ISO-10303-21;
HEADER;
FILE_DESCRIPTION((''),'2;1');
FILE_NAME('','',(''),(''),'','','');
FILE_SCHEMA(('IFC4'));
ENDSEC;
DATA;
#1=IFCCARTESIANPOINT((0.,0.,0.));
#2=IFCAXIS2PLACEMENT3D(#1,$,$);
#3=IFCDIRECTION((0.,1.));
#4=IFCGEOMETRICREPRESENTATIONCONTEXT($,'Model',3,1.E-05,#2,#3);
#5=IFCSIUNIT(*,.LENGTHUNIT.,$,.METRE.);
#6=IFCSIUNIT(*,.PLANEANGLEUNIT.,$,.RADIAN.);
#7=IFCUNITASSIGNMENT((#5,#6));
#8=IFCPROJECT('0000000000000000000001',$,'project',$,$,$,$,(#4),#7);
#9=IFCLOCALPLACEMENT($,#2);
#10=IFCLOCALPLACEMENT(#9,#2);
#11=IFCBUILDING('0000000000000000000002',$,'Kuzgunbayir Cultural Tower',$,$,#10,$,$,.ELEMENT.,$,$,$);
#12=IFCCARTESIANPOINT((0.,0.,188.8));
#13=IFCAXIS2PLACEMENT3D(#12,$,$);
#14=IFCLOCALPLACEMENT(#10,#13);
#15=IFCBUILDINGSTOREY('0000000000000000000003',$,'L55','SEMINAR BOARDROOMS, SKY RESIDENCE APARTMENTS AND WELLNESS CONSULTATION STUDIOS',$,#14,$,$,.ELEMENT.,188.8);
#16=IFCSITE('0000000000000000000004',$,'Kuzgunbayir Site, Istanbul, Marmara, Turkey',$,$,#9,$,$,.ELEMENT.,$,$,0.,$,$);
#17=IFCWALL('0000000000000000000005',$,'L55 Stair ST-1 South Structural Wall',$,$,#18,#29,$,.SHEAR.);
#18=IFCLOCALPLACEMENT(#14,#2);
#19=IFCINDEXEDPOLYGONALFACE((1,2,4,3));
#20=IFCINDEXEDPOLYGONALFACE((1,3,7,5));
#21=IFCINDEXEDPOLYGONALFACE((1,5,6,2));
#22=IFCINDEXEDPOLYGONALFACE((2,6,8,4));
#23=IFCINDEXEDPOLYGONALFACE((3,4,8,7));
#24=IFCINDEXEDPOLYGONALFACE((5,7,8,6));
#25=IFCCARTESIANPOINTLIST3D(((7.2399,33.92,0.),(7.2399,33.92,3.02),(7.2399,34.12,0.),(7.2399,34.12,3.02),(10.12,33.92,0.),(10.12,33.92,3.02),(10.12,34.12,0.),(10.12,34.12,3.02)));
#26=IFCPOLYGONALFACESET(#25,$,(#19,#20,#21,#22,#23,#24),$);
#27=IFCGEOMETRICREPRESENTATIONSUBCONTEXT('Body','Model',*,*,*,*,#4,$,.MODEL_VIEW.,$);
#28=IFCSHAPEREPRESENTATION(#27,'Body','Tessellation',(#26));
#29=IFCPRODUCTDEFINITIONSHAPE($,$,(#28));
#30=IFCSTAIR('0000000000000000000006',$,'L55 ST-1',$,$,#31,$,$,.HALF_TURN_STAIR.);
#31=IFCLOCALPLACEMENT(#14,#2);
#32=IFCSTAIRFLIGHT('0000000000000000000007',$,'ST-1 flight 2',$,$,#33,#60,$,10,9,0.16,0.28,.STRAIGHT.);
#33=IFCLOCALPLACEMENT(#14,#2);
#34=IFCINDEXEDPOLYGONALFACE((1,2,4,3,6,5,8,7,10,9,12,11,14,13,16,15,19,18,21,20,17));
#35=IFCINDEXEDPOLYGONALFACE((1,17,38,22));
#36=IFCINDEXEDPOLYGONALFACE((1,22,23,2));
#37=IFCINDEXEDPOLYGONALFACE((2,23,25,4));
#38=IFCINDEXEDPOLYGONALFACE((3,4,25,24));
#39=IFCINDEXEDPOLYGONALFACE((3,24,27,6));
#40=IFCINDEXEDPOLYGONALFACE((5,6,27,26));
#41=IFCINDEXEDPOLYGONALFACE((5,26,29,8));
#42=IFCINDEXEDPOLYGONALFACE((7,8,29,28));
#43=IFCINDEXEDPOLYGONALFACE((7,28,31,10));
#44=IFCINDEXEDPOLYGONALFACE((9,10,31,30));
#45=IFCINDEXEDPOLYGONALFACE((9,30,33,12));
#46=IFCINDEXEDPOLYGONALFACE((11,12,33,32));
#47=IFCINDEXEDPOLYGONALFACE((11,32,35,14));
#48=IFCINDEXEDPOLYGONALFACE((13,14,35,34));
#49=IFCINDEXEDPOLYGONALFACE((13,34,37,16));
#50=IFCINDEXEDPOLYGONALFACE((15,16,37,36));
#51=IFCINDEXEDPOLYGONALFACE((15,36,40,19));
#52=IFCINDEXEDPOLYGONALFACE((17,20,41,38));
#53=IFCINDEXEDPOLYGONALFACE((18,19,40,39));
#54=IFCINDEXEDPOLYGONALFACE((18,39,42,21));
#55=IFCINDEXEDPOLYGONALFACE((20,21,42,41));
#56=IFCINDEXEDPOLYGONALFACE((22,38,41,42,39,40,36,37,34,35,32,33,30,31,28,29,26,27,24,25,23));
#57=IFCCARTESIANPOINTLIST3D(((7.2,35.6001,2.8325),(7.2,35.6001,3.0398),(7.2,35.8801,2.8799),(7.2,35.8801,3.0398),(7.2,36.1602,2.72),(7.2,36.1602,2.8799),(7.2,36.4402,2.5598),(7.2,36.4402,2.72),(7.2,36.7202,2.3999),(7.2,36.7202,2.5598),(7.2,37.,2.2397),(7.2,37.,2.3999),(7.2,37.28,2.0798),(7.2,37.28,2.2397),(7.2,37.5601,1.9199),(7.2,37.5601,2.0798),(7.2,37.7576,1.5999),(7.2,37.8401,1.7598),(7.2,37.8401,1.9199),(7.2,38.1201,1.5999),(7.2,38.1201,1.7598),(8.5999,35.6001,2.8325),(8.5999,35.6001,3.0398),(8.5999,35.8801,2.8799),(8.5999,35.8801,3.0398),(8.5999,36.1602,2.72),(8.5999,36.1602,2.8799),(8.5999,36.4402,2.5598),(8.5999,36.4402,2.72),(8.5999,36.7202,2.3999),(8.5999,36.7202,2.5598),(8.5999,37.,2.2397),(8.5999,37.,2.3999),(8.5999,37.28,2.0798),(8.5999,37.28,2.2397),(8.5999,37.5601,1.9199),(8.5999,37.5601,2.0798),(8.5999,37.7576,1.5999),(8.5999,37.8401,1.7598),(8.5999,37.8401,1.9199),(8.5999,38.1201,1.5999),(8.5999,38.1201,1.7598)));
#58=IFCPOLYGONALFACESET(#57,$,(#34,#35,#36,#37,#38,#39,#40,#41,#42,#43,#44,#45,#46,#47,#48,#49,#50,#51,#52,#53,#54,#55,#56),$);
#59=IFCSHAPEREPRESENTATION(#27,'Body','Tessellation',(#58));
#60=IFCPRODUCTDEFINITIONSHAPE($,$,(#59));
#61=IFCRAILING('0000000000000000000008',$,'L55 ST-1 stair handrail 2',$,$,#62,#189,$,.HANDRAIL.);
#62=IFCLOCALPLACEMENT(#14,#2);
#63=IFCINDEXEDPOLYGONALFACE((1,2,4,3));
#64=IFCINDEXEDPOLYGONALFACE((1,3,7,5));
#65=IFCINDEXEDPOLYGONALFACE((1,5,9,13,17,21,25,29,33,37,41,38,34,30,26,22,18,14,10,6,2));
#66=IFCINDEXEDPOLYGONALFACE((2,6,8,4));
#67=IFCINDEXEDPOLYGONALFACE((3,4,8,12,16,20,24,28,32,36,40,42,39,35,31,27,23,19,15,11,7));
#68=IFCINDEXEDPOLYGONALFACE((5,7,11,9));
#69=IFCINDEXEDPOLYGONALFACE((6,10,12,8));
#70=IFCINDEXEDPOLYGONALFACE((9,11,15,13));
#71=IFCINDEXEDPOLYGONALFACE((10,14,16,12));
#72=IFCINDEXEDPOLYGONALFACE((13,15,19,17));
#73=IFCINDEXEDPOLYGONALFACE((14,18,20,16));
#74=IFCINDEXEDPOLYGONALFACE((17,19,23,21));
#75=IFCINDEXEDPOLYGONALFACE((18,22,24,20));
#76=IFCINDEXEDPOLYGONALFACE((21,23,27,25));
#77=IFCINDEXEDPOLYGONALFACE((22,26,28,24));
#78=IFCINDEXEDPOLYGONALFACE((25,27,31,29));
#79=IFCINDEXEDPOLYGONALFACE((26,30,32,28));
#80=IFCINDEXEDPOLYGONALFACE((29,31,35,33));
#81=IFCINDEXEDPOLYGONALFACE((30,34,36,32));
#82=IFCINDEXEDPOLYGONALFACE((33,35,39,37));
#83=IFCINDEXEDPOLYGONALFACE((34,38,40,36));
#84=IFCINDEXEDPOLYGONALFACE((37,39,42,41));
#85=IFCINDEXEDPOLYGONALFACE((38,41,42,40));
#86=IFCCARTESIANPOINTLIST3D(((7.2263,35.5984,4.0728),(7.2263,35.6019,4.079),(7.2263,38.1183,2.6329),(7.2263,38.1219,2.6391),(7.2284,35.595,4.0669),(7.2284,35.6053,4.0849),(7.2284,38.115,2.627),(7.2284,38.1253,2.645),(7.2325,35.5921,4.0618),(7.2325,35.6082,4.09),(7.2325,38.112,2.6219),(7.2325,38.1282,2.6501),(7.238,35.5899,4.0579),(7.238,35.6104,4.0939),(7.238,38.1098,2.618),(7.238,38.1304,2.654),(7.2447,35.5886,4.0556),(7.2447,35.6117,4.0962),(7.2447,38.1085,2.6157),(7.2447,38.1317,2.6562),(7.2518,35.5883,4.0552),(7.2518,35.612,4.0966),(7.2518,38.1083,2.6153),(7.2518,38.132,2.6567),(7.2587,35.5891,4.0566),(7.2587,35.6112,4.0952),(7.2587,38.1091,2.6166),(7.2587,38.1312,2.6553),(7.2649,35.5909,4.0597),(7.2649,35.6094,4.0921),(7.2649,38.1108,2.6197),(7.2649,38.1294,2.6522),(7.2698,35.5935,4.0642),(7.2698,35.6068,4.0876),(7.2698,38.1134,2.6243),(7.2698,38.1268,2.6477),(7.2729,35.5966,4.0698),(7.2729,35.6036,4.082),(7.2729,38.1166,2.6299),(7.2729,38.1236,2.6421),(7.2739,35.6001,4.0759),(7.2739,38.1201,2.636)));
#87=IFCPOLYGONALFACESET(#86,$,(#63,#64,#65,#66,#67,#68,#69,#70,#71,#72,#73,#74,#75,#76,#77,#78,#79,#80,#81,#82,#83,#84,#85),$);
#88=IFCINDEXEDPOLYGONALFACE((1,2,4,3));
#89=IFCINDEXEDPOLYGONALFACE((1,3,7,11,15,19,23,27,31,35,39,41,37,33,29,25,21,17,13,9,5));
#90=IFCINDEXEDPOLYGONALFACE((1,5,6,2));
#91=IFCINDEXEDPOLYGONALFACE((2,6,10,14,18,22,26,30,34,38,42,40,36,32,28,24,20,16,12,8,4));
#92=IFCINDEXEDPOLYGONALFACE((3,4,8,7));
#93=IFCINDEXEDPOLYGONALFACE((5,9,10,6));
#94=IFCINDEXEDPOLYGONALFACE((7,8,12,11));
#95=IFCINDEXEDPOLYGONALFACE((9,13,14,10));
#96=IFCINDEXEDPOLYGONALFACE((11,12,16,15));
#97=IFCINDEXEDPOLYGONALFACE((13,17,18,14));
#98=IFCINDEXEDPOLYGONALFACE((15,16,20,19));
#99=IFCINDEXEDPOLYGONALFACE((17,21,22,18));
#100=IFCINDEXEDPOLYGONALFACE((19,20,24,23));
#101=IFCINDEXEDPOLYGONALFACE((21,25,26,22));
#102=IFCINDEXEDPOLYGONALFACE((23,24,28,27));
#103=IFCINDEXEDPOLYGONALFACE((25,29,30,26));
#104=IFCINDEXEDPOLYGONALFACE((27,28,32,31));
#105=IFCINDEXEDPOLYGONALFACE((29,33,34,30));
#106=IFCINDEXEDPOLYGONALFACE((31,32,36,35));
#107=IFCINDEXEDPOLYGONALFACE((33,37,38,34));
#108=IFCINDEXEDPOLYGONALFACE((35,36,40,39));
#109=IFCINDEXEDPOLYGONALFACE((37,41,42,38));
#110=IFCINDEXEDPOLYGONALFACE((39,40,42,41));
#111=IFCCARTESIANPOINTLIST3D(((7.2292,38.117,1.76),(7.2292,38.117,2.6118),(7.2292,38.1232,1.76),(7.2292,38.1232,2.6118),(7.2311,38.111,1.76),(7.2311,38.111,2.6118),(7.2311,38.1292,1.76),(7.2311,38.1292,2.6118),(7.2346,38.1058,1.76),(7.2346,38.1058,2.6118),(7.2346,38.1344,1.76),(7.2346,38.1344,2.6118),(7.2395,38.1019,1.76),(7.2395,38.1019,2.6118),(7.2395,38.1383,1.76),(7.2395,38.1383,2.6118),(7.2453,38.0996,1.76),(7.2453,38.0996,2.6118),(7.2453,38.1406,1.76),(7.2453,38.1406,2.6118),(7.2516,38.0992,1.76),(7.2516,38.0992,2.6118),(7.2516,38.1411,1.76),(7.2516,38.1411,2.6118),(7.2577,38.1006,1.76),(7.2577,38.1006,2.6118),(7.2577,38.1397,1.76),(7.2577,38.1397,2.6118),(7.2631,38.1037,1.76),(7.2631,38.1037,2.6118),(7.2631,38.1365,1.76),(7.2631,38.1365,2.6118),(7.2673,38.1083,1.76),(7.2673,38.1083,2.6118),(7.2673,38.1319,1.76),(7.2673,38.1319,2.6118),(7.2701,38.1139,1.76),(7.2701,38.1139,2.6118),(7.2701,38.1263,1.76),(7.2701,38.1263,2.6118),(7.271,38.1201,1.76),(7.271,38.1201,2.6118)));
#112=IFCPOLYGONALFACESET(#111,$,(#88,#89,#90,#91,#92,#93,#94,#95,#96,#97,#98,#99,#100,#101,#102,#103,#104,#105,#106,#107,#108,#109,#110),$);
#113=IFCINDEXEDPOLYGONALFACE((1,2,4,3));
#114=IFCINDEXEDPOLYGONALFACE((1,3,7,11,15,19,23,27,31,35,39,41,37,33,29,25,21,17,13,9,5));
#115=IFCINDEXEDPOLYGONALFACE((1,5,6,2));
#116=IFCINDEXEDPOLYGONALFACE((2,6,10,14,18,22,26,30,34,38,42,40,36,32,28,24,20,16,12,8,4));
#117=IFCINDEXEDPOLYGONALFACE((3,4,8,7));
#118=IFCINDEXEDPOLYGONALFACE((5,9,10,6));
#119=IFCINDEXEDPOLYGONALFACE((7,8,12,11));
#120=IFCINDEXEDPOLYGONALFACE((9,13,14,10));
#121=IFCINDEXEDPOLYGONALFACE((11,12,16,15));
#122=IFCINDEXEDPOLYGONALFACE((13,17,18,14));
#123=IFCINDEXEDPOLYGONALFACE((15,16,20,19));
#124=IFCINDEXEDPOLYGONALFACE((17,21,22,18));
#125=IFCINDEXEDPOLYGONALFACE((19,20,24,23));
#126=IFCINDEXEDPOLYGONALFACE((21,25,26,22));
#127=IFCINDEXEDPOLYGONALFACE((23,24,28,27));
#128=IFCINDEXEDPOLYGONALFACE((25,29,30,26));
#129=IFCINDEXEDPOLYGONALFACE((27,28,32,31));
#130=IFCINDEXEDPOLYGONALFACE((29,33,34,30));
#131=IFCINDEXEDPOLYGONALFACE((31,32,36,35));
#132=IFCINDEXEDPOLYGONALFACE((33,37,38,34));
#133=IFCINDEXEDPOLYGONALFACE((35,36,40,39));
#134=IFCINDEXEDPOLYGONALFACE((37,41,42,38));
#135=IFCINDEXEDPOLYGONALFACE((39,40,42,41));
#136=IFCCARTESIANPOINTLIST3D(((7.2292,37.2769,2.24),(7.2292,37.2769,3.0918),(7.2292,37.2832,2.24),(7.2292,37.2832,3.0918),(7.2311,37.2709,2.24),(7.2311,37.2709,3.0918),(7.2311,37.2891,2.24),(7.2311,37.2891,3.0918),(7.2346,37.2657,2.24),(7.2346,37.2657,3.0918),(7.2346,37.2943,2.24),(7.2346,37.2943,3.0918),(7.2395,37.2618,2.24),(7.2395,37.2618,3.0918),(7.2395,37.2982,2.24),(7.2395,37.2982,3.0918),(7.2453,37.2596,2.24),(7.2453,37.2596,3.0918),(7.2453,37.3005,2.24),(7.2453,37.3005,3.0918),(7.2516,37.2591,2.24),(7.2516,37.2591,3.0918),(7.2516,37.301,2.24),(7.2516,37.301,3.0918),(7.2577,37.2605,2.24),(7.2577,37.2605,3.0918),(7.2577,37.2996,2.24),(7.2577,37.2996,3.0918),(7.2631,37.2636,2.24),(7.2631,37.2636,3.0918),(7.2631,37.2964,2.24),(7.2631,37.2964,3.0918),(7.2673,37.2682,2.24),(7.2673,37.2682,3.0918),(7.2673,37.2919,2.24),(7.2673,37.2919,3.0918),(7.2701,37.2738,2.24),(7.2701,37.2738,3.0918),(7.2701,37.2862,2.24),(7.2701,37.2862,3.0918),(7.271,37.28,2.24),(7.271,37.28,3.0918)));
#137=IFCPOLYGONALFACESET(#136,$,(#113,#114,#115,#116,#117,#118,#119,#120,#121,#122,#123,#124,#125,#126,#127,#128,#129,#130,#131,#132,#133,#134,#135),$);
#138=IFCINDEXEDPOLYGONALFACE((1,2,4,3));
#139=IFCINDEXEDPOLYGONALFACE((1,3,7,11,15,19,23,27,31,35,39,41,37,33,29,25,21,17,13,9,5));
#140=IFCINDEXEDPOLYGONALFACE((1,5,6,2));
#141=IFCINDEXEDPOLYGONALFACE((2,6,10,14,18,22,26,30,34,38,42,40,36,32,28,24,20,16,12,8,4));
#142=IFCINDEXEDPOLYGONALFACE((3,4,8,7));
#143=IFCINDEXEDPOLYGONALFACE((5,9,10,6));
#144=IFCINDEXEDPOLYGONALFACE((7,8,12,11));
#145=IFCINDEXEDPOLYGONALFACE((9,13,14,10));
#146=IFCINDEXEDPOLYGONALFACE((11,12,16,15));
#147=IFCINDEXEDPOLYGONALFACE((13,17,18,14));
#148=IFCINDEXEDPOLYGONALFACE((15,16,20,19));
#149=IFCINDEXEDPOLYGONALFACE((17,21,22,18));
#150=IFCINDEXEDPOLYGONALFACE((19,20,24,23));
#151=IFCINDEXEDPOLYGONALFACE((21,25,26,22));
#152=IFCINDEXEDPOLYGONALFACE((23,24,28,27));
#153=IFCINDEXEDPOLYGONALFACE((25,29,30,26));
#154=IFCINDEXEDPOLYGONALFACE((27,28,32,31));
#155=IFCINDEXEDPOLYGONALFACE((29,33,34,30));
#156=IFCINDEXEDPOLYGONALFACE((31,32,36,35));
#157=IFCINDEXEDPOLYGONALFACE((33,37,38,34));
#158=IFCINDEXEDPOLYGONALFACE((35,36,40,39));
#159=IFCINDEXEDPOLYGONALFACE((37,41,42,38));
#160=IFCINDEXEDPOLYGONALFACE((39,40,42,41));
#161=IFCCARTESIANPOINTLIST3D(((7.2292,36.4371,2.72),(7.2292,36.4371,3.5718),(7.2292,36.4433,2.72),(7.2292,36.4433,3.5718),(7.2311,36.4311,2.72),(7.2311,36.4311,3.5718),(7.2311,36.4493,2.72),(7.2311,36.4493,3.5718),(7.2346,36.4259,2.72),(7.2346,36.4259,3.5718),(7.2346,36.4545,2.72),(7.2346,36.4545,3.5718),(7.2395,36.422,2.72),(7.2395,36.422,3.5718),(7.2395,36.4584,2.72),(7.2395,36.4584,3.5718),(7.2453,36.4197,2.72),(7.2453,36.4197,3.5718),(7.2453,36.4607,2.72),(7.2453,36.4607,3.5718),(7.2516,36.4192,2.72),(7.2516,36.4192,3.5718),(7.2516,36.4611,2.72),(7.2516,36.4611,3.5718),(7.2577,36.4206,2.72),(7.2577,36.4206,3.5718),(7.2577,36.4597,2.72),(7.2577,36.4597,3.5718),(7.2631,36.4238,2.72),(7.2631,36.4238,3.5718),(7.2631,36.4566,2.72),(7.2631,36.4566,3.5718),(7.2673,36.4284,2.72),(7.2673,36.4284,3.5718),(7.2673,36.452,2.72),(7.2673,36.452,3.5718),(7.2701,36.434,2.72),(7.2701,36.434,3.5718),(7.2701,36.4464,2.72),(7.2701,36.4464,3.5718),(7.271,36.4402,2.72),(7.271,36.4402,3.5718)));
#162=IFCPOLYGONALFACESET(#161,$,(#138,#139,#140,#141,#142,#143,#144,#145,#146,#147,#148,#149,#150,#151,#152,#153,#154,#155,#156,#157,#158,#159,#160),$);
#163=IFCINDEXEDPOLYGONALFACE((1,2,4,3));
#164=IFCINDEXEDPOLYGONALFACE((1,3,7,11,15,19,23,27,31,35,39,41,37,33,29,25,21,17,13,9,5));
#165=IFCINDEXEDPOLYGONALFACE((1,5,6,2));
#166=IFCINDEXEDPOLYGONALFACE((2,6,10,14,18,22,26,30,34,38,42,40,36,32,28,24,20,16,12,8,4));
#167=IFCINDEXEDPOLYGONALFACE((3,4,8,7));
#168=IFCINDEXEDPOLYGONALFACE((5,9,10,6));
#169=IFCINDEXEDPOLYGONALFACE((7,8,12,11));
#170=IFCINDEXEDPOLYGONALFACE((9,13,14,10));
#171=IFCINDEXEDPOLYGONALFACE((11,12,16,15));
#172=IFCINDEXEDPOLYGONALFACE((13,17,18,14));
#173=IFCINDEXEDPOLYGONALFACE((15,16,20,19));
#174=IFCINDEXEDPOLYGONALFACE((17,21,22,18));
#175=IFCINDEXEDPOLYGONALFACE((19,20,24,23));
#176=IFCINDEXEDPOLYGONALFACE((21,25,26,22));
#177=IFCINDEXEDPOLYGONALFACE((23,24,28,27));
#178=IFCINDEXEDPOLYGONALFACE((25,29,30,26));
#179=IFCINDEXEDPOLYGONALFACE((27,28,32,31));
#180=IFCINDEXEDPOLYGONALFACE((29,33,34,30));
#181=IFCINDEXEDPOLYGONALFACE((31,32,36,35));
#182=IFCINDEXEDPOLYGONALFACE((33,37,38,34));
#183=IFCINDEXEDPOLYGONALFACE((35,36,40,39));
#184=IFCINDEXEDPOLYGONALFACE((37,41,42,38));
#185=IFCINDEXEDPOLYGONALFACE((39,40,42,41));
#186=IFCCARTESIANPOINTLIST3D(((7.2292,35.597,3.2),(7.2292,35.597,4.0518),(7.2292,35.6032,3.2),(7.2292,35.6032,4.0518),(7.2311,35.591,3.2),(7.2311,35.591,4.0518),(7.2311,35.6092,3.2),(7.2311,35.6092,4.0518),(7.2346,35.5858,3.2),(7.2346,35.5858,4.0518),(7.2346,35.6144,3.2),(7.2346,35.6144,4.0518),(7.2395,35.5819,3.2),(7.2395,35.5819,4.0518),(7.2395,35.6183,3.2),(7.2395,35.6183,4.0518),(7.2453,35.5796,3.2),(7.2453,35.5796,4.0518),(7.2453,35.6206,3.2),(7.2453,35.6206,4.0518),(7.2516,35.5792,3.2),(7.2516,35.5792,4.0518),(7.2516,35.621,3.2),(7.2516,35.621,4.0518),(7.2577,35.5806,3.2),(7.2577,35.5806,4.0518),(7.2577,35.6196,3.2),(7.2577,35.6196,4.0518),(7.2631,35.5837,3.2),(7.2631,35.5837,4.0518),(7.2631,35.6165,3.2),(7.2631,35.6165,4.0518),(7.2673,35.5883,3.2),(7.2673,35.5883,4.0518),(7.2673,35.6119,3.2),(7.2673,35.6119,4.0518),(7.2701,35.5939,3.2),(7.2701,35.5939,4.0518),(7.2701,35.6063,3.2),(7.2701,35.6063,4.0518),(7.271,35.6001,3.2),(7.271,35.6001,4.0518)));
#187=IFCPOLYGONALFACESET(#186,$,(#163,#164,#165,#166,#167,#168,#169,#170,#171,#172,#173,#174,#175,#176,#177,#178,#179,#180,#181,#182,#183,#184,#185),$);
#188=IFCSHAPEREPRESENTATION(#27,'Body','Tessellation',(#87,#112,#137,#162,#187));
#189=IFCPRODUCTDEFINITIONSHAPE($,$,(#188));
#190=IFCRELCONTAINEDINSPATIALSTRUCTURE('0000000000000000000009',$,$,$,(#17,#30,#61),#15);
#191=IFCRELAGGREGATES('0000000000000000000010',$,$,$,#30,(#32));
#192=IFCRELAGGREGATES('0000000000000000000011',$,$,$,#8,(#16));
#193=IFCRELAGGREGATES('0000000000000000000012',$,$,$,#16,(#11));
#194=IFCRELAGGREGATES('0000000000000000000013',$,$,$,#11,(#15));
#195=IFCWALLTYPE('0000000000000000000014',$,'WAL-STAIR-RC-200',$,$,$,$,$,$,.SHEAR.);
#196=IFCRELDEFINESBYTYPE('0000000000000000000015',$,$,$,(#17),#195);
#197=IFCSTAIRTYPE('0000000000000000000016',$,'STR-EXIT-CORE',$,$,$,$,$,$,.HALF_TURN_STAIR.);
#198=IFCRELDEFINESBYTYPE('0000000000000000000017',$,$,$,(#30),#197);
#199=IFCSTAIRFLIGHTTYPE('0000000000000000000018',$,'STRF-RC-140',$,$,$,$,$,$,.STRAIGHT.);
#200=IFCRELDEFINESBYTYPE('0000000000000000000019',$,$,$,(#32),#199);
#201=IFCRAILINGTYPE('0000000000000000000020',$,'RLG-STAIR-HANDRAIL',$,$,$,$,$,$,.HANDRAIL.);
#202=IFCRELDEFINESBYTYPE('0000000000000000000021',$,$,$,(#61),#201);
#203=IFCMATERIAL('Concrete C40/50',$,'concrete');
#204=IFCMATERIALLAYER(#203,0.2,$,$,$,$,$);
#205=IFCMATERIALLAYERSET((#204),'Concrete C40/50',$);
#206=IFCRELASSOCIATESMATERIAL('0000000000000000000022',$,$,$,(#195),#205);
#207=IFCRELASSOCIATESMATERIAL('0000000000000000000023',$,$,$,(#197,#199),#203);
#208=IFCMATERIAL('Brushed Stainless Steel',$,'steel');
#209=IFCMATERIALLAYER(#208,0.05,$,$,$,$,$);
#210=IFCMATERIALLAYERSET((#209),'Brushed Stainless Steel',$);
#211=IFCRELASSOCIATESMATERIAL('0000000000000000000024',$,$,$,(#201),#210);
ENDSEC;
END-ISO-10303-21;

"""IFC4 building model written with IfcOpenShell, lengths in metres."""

from ifc_helpers import new_model, si_unit, direction, frame, frame_2d, origin, origin_2d, place, context, subcontext, project, spatial, polyline, rectangle, circle, outline, extrude, material, layer, layer_set, type_object, element, aggregate, save


model = new_model("IFC4")

# Units and contexts
model_context = context("Model", 3, precision=1e-05, world=origin(), true_north=direction((0.0, 1.0)))
body_context = subcontext(model_context, "Body", "Model", "MODEL_VIEW")
ifc_project = project(units=[si_unit("LENGTHUNIT", "METRE"), si_unit("PLANEANGLEUNIT", "RADIAN")], contexts=[model_context])

# Site, building, storey
site_placement = place(None, origin())
site = spatial("IfcSite", under=ifc_project, at=site_placement, Name="Kuzgunbayir Site, Istanbul, Marmara, Turkey", CompositionType="ELEMENT", RefElevation=0.0)
building_placement = place(site_placement, origin())
building = spatial("IfcBuilding", under=site, at=building_placement, Name="Kuzgunbayir Cultural Tower", CompositionType="ELEMENT")
storey_placement = place(building_placement, frame((0.0, 0.0, 188.8)))
storey = spatial("IfcBuildingStorey", under=building, at=storey_placement, Name="L55", Description="SEMINAR BOARDROOMS, SKY RESIDENCE APARTMENTS AND WELLNESS CONSULTATION STUDIOS", CompositionType="ELEMENT", Elevation=188.8)

# Shared definitions
ifc_material_1 = material(Name="Concrete C40/50", Category="concrete")
ifc_material_2 = material(Name="Brushed Stainless Steel", Category="steel")

# Wall
ifc_layer_1 = layer(ifc_material_1, 0.2)
ifc_layer_set_1 = layer_set([ifc_layer_1], Name="Concrete C40/50")
wall_type_1 = type_object("IfcWallType", Name="WAL-STAIR-RC-200", PredefinedType="SHEAR", material=ifc_layer_set_1)
wall_1_placement = place(storey_placement, frame((7.24, 34.02, 0.0), z_axis=(0.0, 0.0, 1.0), x_axis=(1.0, 0.0, 0.0)))
element("IfcWall", 1, at=wall_1_placement, inside=storey, type_object=wall_type_1, Name="L55 Stair ST-1 South Structural Wall", PredefinedType="SHEAR", context=body_context, shape_type="SweptSolid", body=[
    extrude(rectangle(XDim=2.8801, YDim=0.2, at=frame_2d((1.4399, 0.0))), origin(), (0.0, 0.0, 1.0), 3.02),
])

# Stair, stair flight
stair_type = type_object("IfcStairType", Name="STR-EXIT-CORE", PredefinedType="HALF_TURN_STAIR", material=ifc_material_1)
stair_placement = place(storey_placement, origin())
stair = element("IfcStair", 2, at=stair_placement, inside=storey, type_object=stair_type, Name="L55 ST-1", PredefinedType="HALF_TURN_STAIR")
stair_flight_type = type_object("IfcStairFlightType", Name="STRF-RC-140", PredefinedType="STRAIGHT", material=ifc_material_1)
stair_flight_placement = place(storey_placement, frame((7.8999, 38.1201, 1.5999), z_axis=(0.0, 0.0, 1.0), x_axis=(0.0, -1.0, 0.0)))
stair_flight = element("IfcStairFlight", 3, at=stair_flight_placement, type_object=stair_flight_type, Name="ST-1 flight 2", NumberOfRisers=10, NumberOfTreads=9, PredefinedType="STRAIGHT", RiserHeight=0.16, TreadLength=0.28, context=body_context, shape_type="SweptSolid", body=[
    extrude(outline(polyline([(0.0, 0.0), (0.0, 0.1599), (0.28, 0.1599), (0.28, 0.3201), (0.5601, 0.3201), (0.5601, 0.48), (0.8401, 0.48), (0.8401, 0.6399), (1.1201, 0.6399), (1.1201, 0.8), (1.3999, 0.8), (1.3999, 0.96), (1.6799, 0.96), (1.6799, 1.1201), (1.96, 1.1201), (1.96, 1.28), (2.24, 1.28), (2.24, 1.4399), (2.52, 1.4399), (2.52, 1.6001), (2.52, 1.2327), (0.3625, 0.0), (0.0, 0.0)])), frame((0.0, 0.7, 0.0), z_axis=(0.0, -1.0, 0.0), x_axis=(1.0, 0.0, 0.0)), (0.0, 0.0, 1.0), 1.3999),
])
aggregate(stair, [stair_flight])

# Railing
ifc_layer_2 = layer(ifc_material_2, 0.05)
ifc_layer_set_2 = layer_set([ifc_layer_2], Name="Brushed Stainless Steel")
railing_type_1 = type_object("IfcRailingType", Name="RLG-STAIR-HANDRAIL", PredefinedType="HANDRAIL", material=ifc_layer_set_2)
railing_1_placement = place(storey_placement, frame((7.25, 38.1201, 1.76)))
element("IfcRailing", 4, at=railing_1_placement, inside=storey, type_object=railing_type_1, Name="L55 ST-1 stair handrail 2", PredefinedType="HANDRAIL", context=body_context, shape_type="SweptSolid", body=[
    extrude(circle(Radius=0.0239, at=origin_2d()), frame((0.0, 0.0, 0.876), z_axis=(0.0, -0.868253, 0.496121), x_axis=(1.0, 0.0, 0.0)), (0.0, 0.0, 1.0), 2.9023),
    extrude(circle(Radius=0.021, at=origin_2d()), origin(), (0.0, 0.0, 1.0), 0.8518),
    extrude(circle(Radius=0.021, at=origin_2d()), frame((0.0, -0.8401, 0.48)), (0.0, 0.0, 1.0), 0.8518),
    extrude(circle(Radius=0.021, at=origin_2d()), frame((0.0, -1.6799, 0.96)), (0.0, 0.0, 1.0), 0.8518),
    extrude(circle(Radius=0.021, at=origin_2d()), frame((0.0, -2.52, 1.4399)), (0.0, 0.0, 1.0), 0.8518),
])

save(model, "model.ifc")
